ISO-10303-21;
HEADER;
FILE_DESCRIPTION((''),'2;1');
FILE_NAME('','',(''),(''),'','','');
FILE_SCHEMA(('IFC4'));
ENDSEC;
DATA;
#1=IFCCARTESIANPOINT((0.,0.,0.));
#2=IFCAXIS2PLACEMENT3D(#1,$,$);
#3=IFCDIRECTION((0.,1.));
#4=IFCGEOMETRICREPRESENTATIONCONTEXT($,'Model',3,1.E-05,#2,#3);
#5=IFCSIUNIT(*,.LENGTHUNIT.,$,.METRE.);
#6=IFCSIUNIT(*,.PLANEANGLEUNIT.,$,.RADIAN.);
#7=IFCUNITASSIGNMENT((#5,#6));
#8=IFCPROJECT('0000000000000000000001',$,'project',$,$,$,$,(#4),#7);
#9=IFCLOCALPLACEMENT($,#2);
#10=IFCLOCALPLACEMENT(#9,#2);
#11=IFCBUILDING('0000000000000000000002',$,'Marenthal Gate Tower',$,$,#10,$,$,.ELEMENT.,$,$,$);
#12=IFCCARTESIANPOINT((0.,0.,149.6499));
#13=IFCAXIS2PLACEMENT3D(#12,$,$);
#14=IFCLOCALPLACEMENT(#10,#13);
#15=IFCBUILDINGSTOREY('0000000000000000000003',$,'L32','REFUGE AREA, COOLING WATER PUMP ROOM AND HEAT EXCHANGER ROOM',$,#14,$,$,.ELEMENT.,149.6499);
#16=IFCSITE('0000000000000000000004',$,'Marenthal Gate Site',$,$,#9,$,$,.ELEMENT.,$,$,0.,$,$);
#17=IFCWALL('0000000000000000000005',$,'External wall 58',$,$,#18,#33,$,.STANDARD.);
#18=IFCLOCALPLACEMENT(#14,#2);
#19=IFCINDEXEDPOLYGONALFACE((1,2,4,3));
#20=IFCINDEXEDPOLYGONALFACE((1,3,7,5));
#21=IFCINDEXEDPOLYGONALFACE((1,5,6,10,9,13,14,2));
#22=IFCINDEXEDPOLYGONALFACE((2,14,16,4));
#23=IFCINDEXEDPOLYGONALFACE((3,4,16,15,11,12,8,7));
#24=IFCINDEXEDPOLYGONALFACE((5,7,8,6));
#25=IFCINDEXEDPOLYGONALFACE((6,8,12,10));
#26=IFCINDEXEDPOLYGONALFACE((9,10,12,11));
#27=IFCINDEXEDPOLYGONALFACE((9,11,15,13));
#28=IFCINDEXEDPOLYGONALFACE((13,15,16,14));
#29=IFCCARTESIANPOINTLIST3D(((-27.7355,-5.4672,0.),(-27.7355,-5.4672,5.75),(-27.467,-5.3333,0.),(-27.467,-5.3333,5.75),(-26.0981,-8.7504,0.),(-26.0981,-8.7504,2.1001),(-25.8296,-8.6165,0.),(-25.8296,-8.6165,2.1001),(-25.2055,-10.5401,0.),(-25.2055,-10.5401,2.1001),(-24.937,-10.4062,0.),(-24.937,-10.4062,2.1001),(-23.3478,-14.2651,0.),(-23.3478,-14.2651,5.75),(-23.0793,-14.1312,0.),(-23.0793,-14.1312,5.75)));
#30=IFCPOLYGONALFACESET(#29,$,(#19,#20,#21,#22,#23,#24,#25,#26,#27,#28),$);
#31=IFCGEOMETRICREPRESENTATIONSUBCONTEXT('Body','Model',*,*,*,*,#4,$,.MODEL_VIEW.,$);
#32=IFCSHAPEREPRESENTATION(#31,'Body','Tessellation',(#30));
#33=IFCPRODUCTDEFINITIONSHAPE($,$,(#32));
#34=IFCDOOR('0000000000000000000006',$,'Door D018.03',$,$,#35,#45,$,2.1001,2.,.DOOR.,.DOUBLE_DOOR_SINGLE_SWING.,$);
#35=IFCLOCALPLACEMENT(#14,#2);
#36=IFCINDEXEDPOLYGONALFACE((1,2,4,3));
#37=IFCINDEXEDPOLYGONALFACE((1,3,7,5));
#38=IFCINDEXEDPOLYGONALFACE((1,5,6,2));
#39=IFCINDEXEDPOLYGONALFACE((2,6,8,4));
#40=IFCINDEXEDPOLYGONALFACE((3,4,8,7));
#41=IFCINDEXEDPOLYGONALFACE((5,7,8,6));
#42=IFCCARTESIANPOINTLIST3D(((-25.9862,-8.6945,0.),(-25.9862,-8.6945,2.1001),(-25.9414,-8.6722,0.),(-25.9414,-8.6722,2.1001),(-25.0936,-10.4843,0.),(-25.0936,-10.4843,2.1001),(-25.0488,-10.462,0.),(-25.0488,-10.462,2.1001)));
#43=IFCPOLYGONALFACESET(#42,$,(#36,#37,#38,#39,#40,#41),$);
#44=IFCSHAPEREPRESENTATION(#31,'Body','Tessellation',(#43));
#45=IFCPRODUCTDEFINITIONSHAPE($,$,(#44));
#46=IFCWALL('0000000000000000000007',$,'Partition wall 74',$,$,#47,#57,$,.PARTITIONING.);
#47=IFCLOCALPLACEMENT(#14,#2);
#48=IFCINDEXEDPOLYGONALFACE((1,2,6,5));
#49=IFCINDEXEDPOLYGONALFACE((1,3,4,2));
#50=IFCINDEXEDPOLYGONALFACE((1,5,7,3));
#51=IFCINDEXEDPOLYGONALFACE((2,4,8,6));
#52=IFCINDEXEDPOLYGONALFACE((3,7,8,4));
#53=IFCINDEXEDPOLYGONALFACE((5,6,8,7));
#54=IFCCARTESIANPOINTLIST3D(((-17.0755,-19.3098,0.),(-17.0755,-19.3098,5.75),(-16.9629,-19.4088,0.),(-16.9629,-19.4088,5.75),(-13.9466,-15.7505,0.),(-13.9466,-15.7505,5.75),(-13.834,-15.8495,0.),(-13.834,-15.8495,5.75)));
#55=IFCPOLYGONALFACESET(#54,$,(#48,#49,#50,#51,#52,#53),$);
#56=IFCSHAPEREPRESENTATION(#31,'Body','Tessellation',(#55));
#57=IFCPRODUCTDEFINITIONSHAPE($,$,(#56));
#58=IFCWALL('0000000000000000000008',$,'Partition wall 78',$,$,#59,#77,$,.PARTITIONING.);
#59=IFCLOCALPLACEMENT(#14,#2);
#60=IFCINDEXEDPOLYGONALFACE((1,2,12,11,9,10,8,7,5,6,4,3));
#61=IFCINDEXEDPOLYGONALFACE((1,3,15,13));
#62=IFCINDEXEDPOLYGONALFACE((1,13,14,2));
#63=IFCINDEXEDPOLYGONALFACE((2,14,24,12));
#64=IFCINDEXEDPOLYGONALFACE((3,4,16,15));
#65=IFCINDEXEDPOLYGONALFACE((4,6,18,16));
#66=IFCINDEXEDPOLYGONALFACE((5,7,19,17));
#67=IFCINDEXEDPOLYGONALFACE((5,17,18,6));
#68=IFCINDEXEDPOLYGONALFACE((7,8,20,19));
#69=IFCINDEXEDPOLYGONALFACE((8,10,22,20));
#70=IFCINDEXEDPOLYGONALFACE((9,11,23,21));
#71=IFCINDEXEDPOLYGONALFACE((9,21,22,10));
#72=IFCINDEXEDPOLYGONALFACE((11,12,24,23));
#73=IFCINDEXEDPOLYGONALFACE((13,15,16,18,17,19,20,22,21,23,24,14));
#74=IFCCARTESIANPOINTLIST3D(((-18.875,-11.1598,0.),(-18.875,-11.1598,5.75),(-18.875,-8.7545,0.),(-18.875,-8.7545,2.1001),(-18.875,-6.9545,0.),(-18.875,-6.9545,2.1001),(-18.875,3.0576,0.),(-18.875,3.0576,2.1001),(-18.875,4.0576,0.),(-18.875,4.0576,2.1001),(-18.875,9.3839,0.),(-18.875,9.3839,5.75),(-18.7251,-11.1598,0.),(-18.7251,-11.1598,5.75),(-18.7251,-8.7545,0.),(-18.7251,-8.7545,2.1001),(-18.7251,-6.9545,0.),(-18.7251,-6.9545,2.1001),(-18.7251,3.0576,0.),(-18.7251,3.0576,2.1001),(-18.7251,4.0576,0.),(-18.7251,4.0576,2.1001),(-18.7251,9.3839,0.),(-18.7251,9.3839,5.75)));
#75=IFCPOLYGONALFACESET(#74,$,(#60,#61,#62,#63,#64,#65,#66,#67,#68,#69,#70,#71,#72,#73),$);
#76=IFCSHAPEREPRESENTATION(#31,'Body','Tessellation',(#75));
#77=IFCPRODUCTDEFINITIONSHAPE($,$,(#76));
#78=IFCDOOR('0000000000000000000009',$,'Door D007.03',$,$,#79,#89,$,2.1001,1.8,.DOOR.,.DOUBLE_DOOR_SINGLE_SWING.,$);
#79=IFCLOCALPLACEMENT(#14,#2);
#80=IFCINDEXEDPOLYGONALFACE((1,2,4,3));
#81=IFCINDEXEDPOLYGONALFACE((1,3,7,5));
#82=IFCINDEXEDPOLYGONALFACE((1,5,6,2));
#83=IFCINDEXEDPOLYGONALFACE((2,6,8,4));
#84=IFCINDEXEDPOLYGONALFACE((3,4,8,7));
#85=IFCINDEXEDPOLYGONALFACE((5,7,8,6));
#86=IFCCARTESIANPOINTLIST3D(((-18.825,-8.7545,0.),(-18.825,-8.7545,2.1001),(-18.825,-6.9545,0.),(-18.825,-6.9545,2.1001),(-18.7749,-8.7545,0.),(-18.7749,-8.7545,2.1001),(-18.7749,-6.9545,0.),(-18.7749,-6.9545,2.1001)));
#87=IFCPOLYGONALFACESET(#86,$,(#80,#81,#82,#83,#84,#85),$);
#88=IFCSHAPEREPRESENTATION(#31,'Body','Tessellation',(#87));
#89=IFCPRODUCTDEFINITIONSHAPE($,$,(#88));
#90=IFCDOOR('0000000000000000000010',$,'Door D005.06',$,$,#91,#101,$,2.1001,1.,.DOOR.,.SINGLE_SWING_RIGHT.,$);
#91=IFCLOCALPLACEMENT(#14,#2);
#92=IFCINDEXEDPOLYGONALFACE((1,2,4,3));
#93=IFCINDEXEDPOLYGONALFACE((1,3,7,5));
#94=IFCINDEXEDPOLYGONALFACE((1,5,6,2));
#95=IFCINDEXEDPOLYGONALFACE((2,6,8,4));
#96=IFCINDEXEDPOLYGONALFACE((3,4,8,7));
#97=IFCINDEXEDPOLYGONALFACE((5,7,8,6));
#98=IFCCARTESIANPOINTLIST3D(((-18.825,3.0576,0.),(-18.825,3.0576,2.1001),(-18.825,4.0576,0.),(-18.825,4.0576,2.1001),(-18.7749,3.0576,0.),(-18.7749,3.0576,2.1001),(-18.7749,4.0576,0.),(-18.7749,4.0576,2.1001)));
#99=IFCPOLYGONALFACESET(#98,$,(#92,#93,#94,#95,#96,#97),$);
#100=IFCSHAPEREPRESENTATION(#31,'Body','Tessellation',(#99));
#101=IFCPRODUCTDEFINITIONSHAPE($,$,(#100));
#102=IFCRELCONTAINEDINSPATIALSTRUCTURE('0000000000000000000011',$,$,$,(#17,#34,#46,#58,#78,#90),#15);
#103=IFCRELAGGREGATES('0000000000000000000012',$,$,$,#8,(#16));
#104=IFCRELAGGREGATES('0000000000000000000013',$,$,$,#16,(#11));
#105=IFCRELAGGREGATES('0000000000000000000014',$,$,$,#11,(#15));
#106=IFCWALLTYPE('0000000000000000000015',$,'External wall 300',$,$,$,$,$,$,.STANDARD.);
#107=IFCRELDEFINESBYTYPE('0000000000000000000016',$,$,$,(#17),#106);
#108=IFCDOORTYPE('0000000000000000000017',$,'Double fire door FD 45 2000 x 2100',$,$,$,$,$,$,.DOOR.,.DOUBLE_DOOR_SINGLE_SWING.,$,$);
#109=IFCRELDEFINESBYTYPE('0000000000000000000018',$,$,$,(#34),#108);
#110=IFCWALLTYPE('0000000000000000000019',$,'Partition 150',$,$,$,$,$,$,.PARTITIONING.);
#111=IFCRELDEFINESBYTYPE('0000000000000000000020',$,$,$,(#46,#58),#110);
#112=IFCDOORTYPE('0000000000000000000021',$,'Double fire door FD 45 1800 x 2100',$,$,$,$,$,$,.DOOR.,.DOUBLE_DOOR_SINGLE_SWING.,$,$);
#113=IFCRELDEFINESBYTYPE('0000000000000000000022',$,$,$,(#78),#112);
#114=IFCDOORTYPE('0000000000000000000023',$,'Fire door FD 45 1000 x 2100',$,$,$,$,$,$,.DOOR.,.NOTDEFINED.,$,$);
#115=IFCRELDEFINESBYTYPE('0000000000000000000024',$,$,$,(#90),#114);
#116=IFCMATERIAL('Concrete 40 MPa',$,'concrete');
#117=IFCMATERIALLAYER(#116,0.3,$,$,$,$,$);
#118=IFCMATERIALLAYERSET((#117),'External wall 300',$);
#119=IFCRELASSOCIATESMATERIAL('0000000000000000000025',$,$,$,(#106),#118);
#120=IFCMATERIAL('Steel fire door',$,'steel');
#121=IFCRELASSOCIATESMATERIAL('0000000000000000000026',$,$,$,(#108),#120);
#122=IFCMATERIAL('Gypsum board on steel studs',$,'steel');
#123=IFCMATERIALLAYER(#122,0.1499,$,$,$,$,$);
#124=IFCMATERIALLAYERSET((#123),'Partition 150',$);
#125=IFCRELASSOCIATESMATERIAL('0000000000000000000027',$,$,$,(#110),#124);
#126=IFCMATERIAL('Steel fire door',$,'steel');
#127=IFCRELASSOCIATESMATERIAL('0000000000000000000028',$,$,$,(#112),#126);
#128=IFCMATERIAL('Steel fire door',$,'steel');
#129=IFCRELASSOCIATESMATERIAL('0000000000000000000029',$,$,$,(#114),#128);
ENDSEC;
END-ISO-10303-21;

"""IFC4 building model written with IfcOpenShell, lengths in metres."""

from ifc_helpers import new_model, si_unit, direction, frame, frame_2d, origin, place, context, subcontext, project, spatial, rectangle, extrude, material, layer, layer_set, type_object, element, fill, save


model = new_model("IFC4")

# Units and contexts
model_context = context("Model", 3, precision=1e-05, world=origin(), true_north=direction((0.0, 1.0)))
body_context = subcontext(model_context, "Body", "Model", "MODEL_VIEW")
ifc_project = project(units=[si_unit("LENGTHUNIT", "METRE"), si_unit("PLANEANGLEUNIT", "RADIAN")], contexts=[model_context])

# Site, building, storey
site_placement = place(None, origin())
site = spatial("IfcSite", under=ifc_project, at=site_placement, Name="Marenthal Gate Site", CompositionType="ELEMENT", RefElevation=0.0)
building_placement = place(site_placement, origin())
building = spatial("IfcBuilding", under=site, at=building_placement, Name="Marenthal Gate Tower", CompositionType="ELEMENT")
storey_placement = place(building_placement, frame((0.0, 0.0, 149.6499)))
storey = spatial("IfcBuildingStorey", under=building, at=storey_placement, Name="L32", Description="REFUGE AREA, COOLING WATER PUMP ROOM AND HEAT EXCHANGER ROOM", CompositionType="ELEMENT", Elevation=149.6499)

# Wall, opening, door
ifc_material_1 = material(Name="Concrete 40 MPa", Category="concrete")
ifc_layer_1 = layer(ifc_material_1, 0.3)
ifc_layer_set_1 = layer_set([ifc_layer_1], Name="External wall 300")
wall_type_1 = type_object("IfcWallType", Name="External wall 300", PredefinedType="STANDARD", material=ifc_layer_set_1)
wall_1_placement = place(storey_placement, frame((-23.2136, -14.198, 0.0), z_axis=(0.0, 0.0, 1.0), x_axis=(-0.4463, 0.894884, 0.0)))
wall_1 = element("IfcWall", 1, at=wall_1_placement, inside=storey, type_object=wall_type_1, Name="External wall 58", PredefinedType="STANDARD", context=body_context, shape_type="SweptSolid", body=[
    extrude(rectangle(XDim=9.8313, YDim=0.3, at=frame_2d((4.9155, 0.0))), origin(), (0.0, 0.0, 1.0), 5.75),
])
opening_1_placement = place(wall_1_placement, frame((4.1624, 0.0, 0.0)))
opening_1 = element("IfcOpeningElement", 2, at=opening_1_placement, cuts=wall_1, PredefinedType="OPENING", context=body_context, shape_type="SweptSolid", body=[
    extrude(rectangle(XDim=2.0, YDim=2.1001, at=frame_2d((1.0, 1.05))), frame((0.0, 0.1602, 0.0), z_axis=(0.0, -1.0, 0.0), x_axis=(1.0, 0.0, 0.0)), (0.0, 0.0, 1.0), 0.3201),
])
ifc_material_2 = material(Name="Steel fire door", Category="steel")
door_type_1 = type_object("IfcDoorType", Name="Double fire door FD 45 2000 x 2100", OperationType="DOUBLE_DOOR_SINGLE_SWING", PredefinedType="DOOR", material=ifc_material_2)
door_1_placement = place(opening_1_placement, origin())
door_1 = element("IfcDoor", 3, at=door_1_placement, inside=storey, type_object=door_type_1, Name="Door D018.03", OperationType="DOUBLE_DOOR_SINGLE_SWING", OverallHeight=2.1001, OverallWidth=2.0, PredefinedType="DOOR", context=body_context, shape_type="SweptSolid", body=[
    extrude(rectangle(XDim=2.0, YDim=2.1001, at=frame_2d((1.0, 1.05))), frame((0.0, 0.0249, 0.0), z_axis=(0.0, -1.0, 0.0), x_axis=(1.0, 0.0, 0.0)), (0.0, 0.0, 1.0), 0.05),
])
fill(opening_1, door_1)

# Wall
ifc_material_3 = material(Name="Gypsum board on steel studs", Category="steel")
ifc_layer_2 = layer(ifc_material_3, 0.1499)
ifc_layer_set_2 = layer_set([ifc_layer_2], Name="Partition 150")
wall_type_2 = type_object("IfcWallType", Name="Partition 150", PredefinedType="PARTITIONING", material=ifc_layer_set_2)
wall_2_placement = place(storey_placement, frame((-17.0193, -19.3594, 0.0), z_axis=(0.0, 0.0, 1.0), x_axis=(0.660235, 0.751059, 0.0)))
element("IfcWall", 4, at=wall_2_placement, inside=storey, type_object=wall_type_2, Name="Partition wall 74", PredefinedType="PARTITIONING", context=body_context, shape_type="SweptSolid", body=[
    extrude(rectangle(XDim=4.739, YDim=0.1499, at=frame_2d((2.3696, 0.0))), origin(), (0.0, 0.0, 1.0), 5.75),
])

# Wall, openings, doors
wall_3_placement = place(storey_placement, frame((-18.8, -11.1599, 0.0), z_axis=(0.0, 0.0, 1.0), x_axis=(0.0, 1.0, 0.0)))
wall_3 = element("IfcWall", 5, at=wall_3_placement, inside=storey, type_object=wall_type_2, Name="Partition wall 78", PredefinedType="PARTITIONING", context=body_context, shape_type="SweptSolid", body=[
    extrude(rectangle(XDim=20.5437, YDim=0.1499, at=frame_2d((10.272, 0.0))), origin(), (0.0, 0.0, 1.0), 5.75),
])
opening_2_placement = place(wall_3_placement, frame((14.2175, 0.0, 0.0)))
opening_2 = element("IfcOpeningElement", 6, at=opening_2_placement, cuts=wall_3, PredefinedType="OPENING", context=body_context, shape_type="SweptSolid", body=[
    extrude(rectangle(XDim=1.0, YDim=2.1001, at=frame_2d((0.5, 1.05))), frame((0.0, 0.085, 0.0), z_axis=(0.0, -1.0, 0.0), x_axis=(1.0, 0.0, 0.0)), (0.0, 0.0, 1.0), 0.1699),
])
opening_3_placement = place(wall_3_placement, frame((2.4055, 0.0, 0.0)))
opening_3 = element("IfcOpeningElement", 7, at=opening_3_placement, cuts=wall_3, PredefinedType="OPENING", context=body_context, shape_type="SweptSolid", body=[
    extrude(rectangle(XDim=1.8, YDim=2.1001, at=frame_2d((0.8999, 1.05))), frame((0.0, 0.085, 0.0), z_axis=(0.0, -1.0, 0.0), x_axis=(1.0, 0.0, 0.0)), (0.0, 0.0, 1.0), 0.1699),
])
ifc_material_4 = material(Name="Steel fire door", Category="steel")
door_type_2 = type_object("IfcDoorType", Name="Double fire door FD 45 1800 x 2100", OperationType="DOUBLE_DOOR_SINGLE_SWING", PredefinedType="DOOR", material=ifc_material_4)
door_2_placement = place(opening_3_placement, origin())
door_2 = element("IfcDoor", 8, at=door_2_placement, inside=storey, type_object=door_type_2, Name="Door D007.03", OperationType="DOUBLE_DOOR_SINGLE_SWING", OverallHeight=2.1001, OverallWidth=1.8, PredefinedType="DOOR", context=body_context, shape_type="SweptSolid", body=[
    extrude(rectangle(XDim=1.8, YDim=2.1001, at=frame_2d((0.8999, 1.05))), frame((0.0, 0.0249, 0.0), z_axis=(0.0, -1.0, 0.0), x_axis=(1.0, 0.0, 0.0)), (0.0, 0.0, 1.0), 0.05),
])
fill(opening_3, door_2)
ifc_material_5 = material(Name="Steel fire door", Category="steel")
door_type_3 = type_object("IfcDoorType", Name="Fire door FD 45 1000 x 2100", OperationType="NOTDEFINED", PredefinedType="DOOR", material=ifc_material_5)
door_3_placement = place(opening_2_placement, origin())
door_3 = element("IfcDoor", 9, at=door_3_placement, inside=storey, type_object=door_type_3, Name="Door D005.06", OperationType="SINGLE_SWING_RIGHT", OverallHeight=2.1001, OverallWidth=1.0, PredefinedType="DOOR", context=body_context, shape_type="SweptSolid", body=[
    extrude(rectangle(XDim=1.0, YDim=2.1001, at=frame_2d((0.5, 1.05))), frame((0.0, 0.0249, 0.0), z_axis=(0.0, -1.0, 0.0), x_axis=(1.0, 0.0, 0.0)), (0.0, 0.0, 1.0), 0.05),
])
fill(opening_2, door_3)

save(model, "model.ifc")
